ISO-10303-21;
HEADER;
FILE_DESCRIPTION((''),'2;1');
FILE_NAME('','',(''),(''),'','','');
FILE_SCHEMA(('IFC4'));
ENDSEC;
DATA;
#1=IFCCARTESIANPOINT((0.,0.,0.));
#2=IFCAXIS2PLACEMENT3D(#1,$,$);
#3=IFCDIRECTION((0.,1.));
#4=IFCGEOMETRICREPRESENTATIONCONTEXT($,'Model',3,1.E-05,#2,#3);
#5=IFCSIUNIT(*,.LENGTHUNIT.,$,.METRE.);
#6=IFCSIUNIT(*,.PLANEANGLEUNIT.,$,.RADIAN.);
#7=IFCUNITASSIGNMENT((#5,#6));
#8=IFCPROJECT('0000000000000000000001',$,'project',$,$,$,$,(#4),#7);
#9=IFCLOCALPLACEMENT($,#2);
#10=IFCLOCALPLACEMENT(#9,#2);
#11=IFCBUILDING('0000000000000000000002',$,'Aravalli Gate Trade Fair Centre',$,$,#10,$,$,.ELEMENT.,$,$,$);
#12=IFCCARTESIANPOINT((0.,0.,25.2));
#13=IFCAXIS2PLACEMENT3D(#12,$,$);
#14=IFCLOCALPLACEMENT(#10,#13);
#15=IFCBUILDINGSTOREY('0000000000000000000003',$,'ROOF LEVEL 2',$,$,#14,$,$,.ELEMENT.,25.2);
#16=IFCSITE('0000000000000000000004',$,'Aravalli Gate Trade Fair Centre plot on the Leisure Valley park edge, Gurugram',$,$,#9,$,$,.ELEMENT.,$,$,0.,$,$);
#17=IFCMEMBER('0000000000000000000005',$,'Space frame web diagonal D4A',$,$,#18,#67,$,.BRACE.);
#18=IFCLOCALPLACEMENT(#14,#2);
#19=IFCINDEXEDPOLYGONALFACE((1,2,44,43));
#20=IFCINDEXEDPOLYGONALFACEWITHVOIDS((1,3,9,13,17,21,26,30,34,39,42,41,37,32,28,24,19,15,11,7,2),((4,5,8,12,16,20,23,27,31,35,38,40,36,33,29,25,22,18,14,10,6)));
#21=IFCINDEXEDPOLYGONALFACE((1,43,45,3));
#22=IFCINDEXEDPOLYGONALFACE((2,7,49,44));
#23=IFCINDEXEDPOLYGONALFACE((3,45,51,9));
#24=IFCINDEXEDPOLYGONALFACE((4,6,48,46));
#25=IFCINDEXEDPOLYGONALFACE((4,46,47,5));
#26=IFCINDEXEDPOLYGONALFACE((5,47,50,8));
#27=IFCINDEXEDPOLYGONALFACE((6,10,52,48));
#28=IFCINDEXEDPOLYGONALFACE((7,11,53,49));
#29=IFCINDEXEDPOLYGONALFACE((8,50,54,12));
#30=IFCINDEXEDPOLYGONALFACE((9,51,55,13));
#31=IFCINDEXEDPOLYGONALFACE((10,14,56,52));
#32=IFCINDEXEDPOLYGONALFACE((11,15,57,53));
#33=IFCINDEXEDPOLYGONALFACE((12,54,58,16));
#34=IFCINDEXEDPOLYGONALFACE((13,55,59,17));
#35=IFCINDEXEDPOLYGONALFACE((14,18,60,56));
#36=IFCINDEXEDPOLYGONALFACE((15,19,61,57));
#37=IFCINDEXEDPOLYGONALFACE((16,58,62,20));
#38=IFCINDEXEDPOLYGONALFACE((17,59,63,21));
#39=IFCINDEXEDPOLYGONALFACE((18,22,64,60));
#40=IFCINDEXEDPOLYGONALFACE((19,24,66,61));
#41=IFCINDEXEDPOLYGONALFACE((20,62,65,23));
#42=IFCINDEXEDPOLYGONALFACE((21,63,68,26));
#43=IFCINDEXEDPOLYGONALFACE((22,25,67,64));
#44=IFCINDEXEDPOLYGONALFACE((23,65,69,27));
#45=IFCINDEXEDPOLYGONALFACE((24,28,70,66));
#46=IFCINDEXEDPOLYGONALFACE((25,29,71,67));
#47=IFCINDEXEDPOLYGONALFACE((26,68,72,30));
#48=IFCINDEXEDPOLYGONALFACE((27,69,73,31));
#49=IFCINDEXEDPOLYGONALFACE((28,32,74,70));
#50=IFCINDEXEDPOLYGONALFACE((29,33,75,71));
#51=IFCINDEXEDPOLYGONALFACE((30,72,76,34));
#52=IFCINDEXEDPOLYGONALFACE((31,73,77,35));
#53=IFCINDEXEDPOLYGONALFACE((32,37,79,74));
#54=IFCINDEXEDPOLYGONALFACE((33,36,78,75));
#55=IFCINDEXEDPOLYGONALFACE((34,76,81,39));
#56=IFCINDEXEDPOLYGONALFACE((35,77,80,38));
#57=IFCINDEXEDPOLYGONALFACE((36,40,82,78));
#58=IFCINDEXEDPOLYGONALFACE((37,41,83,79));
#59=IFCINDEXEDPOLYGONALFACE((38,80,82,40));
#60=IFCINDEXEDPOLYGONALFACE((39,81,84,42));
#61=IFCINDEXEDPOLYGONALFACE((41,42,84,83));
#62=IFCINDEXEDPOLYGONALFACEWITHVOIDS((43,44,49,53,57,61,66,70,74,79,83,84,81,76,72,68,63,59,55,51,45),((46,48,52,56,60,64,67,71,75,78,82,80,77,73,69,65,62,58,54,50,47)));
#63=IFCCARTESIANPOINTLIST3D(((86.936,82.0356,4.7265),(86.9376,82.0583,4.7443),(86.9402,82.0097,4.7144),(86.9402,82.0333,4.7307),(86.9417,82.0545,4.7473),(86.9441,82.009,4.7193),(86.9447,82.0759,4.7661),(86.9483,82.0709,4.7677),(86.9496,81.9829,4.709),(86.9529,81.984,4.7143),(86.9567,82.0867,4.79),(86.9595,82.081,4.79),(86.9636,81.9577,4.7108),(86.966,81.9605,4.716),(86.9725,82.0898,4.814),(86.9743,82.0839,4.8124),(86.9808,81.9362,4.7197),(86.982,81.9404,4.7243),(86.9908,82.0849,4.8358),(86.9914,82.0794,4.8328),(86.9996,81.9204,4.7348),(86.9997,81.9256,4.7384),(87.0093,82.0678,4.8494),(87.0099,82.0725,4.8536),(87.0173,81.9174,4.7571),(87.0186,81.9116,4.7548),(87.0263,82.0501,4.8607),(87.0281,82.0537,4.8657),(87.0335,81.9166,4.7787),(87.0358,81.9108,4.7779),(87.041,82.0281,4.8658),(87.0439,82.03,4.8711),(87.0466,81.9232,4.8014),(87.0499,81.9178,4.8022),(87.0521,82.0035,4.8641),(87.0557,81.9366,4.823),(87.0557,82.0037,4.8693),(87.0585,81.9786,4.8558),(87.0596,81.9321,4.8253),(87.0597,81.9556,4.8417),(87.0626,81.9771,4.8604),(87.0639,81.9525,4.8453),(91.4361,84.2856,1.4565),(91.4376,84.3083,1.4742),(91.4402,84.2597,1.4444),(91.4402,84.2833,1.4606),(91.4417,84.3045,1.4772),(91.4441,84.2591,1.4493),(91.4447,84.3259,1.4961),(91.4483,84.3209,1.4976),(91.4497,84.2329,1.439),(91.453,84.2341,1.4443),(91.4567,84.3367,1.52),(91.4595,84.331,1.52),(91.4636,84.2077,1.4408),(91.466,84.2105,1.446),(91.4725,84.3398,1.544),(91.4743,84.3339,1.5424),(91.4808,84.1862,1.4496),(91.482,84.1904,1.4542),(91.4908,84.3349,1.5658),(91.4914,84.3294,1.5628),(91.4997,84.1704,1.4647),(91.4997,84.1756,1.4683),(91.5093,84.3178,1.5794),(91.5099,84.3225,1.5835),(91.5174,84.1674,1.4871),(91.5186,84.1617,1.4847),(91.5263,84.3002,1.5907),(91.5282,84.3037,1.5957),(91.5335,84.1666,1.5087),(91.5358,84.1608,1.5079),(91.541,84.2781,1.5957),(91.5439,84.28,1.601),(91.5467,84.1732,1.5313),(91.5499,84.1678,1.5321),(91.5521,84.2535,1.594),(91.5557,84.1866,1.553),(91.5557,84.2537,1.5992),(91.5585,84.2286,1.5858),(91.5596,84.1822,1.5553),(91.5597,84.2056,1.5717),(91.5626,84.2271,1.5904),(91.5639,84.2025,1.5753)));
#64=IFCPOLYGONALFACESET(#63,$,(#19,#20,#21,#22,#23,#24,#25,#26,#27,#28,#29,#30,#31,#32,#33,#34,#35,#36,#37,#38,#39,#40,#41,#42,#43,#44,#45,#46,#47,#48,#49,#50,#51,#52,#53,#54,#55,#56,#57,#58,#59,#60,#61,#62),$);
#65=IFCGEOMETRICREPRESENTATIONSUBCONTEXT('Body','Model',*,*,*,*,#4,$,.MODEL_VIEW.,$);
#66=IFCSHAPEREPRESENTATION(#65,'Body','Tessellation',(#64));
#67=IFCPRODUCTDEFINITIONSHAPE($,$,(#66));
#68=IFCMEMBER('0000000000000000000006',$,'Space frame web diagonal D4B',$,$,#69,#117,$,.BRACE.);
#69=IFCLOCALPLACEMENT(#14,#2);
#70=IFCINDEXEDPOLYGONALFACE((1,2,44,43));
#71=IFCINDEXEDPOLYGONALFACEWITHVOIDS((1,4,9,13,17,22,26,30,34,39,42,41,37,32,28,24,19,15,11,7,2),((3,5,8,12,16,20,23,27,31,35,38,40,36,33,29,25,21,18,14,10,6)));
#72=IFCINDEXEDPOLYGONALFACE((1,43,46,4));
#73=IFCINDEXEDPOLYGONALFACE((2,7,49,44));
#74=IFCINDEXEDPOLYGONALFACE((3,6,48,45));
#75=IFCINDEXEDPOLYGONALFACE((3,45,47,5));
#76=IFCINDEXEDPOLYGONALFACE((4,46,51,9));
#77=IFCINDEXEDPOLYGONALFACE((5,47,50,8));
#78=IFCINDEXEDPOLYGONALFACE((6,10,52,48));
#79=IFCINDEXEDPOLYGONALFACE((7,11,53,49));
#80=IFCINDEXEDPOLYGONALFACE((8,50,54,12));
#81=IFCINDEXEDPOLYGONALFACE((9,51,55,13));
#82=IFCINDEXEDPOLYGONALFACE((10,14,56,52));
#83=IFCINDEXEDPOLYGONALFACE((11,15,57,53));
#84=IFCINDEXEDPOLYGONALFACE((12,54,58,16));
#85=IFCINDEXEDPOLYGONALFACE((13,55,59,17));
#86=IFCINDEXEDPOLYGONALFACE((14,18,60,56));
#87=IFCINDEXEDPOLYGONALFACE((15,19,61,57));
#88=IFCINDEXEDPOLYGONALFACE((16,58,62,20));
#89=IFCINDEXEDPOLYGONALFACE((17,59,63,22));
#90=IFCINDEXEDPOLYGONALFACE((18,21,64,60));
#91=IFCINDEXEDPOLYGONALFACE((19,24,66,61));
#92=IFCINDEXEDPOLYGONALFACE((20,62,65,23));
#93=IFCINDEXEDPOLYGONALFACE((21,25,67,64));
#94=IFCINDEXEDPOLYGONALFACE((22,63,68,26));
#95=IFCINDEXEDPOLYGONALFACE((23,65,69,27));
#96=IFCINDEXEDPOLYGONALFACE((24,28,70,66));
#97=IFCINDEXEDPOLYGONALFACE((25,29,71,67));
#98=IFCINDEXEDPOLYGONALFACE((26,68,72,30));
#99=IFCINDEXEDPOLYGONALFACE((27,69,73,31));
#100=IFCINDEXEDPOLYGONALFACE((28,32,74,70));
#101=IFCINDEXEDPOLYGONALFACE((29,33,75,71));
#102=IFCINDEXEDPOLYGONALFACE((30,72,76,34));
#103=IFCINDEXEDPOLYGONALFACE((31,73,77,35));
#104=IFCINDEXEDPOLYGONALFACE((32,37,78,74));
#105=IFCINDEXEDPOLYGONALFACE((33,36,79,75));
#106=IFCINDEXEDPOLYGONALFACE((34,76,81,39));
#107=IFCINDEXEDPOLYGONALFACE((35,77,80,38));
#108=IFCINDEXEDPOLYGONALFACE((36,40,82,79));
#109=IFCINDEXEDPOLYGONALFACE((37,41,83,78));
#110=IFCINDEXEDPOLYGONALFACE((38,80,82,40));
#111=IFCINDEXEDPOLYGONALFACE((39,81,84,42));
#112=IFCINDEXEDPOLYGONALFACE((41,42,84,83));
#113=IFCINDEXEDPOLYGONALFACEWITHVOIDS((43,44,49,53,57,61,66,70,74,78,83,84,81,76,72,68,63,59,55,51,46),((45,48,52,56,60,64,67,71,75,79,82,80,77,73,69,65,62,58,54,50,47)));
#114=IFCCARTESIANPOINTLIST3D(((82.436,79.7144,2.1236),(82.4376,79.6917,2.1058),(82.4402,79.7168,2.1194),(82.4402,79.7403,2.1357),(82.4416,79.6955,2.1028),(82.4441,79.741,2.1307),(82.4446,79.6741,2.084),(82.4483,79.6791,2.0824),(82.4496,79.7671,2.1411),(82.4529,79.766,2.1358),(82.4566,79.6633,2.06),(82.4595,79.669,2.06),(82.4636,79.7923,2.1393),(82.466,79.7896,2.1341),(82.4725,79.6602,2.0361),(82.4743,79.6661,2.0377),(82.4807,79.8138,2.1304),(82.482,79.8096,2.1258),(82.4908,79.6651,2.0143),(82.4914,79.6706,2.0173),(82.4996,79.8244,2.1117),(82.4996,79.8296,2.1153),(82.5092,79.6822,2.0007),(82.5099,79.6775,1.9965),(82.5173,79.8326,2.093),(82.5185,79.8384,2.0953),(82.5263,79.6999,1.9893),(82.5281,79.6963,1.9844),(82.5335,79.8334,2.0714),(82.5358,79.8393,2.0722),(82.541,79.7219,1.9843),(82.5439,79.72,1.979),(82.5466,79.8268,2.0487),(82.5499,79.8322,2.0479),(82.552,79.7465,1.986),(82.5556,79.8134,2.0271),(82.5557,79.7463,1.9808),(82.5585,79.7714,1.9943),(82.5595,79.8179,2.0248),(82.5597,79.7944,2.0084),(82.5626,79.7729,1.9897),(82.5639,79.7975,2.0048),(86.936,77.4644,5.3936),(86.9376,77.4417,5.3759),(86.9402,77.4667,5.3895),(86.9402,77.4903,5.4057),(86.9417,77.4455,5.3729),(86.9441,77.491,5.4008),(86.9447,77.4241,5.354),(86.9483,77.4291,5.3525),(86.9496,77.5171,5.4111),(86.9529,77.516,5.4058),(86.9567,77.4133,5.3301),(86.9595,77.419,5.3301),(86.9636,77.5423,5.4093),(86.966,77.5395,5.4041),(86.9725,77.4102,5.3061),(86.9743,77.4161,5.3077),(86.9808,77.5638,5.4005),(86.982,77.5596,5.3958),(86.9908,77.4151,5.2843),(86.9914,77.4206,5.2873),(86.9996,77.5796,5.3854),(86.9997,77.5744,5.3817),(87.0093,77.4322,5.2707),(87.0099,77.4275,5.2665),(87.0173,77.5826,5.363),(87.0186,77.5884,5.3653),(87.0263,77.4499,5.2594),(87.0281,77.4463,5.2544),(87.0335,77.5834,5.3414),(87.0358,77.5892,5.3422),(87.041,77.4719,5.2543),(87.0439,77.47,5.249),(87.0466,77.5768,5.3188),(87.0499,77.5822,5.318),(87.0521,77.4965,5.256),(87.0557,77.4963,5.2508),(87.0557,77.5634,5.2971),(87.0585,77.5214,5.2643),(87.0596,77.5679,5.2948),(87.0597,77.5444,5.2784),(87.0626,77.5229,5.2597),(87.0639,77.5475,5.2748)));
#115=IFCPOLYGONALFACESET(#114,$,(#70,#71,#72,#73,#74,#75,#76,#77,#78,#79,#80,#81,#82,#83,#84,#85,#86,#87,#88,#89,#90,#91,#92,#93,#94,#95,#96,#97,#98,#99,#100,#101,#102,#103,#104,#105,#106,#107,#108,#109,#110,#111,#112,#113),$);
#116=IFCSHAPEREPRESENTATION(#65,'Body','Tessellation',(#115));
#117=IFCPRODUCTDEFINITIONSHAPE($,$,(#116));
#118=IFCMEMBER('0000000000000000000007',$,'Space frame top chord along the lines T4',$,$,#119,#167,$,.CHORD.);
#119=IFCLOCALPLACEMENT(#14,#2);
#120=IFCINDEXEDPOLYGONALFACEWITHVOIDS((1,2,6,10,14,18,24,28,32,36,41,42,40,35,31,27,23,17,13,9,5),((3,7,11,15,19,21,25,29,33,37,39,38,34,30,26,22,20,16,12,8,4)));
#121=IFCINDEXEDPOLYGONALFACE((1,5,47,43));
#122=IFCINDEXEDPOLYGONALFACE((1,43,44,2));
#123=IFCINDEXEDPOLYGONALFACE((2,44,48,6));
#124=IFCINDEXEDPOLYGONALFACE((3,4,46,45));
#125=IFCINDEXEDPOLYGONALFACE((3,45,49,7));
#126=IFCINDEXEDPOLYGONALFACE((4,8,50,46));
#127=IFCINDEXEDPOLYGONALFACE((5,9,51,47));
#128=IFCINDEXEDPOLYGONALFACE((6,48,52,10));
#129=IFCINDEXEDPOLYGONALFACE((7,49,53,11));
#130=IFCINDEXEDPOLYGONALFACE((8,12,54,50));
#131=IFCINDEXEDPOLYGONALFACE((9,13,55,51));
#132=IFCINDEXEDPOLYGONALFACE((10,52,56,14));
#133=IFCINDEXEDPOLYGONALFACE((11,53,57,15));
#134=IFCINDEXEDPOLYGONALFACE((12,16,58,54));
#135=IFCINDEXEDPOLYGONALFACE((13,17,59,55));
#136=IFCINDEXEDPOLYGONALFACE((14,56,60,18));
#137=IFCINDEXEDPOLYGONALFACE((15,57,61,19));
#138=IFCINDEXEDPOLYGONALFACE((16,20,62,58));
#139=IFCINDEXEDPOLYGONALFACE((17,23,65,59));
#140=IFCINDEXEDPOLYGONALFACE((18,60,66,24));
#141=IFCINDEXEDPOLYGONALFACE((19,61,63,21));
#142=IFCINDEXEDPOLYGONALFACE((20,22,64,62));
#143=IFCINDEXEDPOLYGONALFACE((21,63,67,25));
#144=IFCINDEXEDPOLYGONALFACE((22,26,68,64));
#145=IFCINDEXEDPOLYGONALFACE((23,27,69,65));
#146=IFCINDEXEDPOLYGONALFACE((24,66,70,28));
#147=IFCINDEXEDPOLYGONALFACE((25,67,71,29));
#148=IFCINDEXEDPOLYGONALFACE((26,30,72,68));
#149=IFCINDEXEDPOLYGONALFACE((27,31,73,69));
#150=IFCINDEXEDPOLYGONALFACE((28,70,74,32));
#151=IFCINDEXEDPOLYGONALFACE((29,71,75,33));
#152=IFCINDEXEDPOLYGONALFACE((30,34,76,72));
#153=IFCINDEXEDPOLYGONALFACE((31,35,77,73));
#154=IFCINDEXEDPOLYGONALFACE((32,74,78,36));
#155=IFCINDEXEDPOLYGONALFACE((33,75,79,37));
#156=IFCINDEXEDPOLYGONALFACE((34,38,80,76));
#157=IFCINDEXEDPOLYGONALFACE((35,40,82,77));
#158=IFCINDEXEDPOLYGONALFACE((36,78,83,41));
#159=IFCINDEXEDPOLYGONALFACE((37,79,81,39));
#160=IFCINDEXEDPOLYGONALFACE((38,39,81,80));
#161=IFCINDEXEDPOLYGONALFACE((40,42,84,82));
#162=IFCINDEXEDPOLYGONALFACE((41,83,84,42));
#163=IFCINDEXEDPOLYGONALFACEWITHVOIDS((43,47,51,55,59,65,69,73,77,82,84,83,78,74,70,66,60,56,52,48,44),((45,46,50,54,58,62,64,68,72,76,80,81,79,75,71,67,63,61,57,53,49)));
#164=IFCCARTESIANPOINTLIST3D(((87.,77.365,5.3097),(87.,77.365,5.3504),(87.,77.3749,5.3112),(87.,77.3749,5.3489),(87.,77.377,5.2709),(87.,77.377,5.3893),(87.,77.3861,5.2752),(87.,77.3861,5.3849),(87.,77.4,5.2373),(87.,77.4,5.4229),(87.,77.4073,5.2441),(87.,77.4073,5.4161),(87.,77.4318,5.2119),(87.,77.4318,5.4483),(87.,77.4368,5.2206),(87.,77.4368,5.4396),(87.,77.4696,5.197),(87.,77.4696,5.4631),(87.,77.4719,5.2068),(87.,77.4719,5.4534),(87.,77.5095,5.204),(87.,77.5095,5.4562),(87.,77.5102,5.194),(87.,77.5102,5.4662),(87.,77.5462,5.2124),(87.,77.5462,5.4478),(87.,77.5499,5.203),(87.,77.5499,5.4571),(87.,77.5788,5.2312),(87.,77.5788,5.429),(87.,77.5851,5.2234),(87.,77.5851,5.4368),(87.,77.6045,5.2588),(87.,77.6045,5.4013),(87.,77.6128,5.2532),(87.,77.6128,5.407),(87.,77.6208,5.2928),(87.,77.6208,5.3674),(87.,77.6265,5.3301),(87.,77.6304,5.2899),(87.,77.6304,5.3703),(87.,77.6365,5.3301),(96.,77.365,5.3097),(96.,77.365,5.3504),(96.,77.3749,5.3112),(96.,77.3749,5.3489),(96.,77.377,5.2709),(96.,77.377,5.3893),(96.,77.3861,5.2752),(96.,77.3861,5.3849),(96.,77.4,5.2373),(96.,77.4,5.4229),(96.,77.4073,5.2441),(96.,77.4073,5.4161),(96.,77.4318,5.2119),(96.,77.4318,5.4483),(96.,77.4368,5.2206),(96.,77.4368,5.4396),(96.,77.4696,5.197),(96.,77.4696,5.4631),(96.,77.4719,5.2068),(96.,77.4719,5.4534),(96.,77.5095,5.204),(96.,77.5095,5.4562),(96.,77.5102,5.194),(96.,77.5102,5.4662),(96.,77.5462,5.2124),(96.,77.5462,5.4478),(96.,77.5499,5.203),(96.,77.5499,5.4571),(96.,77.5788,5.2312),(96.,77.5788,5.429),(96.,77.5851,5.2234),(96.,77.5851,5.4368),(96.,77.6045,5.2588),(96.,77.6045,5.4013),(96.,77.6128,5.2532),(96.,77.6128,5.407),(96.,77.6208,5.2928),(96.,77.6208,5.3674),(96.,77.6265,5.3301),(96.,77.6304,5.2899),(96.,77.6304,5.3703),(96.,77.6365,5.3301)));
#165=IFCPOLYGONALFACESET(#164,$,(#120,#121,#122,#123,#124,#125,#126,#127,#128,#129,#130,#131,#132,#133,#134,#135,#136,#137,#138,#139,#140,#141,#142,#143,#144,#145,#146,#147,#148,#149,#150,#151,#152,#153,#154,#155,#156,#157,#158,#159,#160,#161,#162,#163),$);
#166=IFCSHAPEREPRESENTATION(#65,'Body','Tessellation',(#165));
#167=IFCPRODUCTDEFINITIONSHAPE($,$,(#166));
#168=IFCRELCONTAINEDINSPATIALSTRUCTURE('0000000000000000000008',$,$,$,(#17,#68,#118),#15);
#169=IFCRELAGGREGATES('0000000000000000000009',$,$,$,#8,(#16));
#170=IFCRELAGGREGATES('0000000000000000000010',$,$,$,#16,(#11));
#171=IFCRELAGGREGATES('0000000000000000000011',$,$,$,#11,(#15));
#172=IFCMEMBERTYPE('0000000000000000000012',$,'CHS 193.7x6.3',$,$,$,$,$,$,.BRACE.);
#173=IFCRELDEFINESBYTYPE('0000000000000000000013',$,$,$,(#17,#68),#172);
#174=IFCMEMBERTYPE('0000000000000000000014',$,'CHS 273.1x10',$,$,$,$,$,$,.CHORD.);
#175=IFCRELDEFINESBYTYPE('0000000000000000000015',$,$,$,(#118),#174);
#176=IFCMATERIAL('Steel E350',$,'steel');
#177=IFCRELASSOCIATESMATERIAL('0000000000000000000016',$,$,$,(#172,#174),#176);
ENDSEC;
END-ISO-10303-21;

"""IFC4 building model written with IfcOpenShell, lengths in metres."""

from ifc_helpers import new_model, si_unit, direction, frame, origin, origin_2d, place, context, subcontext, project, spatial, hollow_circle, extrude, material, material_profile, profile_set, type_object, element, save


model = new_model("IFC4")

# Units and contexts
model_context = context("Model", 3, precision=1e-05, world=origin(), true_north=direction((0.0, 1.0)))
body_context = subcontext(model_context, "Body", "Model", "MODEL_VIEW")
ifc_project = project(units=[si_unit("LENGTHUNIT", "METRE"), si_unit("PLANEANGLEUNIT", "RADIAN")], contexts=[model_context])

# Site, building, storey
site_placement = place(None, origin())
site = spatial("IfcSite", under=ifc_project, at=site_placement, Name="Aravalli Gate Trade Fair Centre plot on the Leisure Valley park edge, Gurugram", CompositionType="ELEMENT", RefElevation=0.0)
building_placement = place(site_placement, origin())
building = spatial("IfcBuilding", under=site, at=building_placement, Name="Aravalli Gate Trade Fair Centre", CompositionType="ELEMENT")
storey_placement = place(building_placement, frame((0.0, 0.0, 25.2)))
storey = spatial("IfcBuildingStorey", under=building, at=storey_placement, Name="ROOF LEVEL 2", CompositionType="ELEMENT", Elevation=25.2)

# Members
ifc_material_1 = material(Name="Steel E350", Category="steel")
ifc_material_profile_1 = material_profile(ifc_material_1, hollow_circle(Radius=0.0969, WallThickness=0.0063, at=origin_2d()), Name="CHS 193.7x6.3")
ifc_profile_set_1 = profile_set([ifc_material_profile_1], Name="Steel E350")
member_type_1 = type_object("IfcMemberType", Name="CHS 193.7x6.3", PredefinedType="BRACE", material=ifc_profile_set_1)
for number, where, z_axis, x_axis, name in (
    (1, (87.0, 82.0, 4.79), (0.749942, 0.374971, -0.544961), (-0.447214, 0.894427, 0.0), "Space frame web diagonal D4A"),
    (2, (87.0, 77.5, 5.3301), (-0.749942, 0.374971, -0.544961), (-0.447214, -0.894427, 0.0), "Space frame web diagonal D4B"),
):
    element("IfcMember", number, at=place(storey_placement, frame(where, z_axis=z_axis, x_axis=x_axis)), inside=storey, type_object=member_type_1, Name=name, PredefinedType="BRACE", context=body_context, shape_type="SweptSolid", body=[
        extrude(hollow_circle(Radius=0.0969, WallThickness=0.0063, at=origin_2d()), origin(), (0.0, 0.0, 1.0), 6.0005),
    ])
ifc_material_profile_2 = material_profile(ifc_material_1, hollow_circle(Radius=0.1365, WallThickness=0.01, at=origin_2d()), Name="CHS 273.1x10")
ifc_profile_set_2 = profile_set([ifc_material_profile_2], Name="Steel E350")
member_type_2 = type_object("IfcMemberType", Name="CHS 273.1x10", PredefinedType="CHORD", material=ifc_profile_set_2)
for number, where, z_axis, x_axis, name in (
    (3, (87.0, 77.5, 5.3301), (1.0, 0.0, 0.0), (0.0, 1.0, 0.0), "Space frame top chord along the lines T4"),
):
    element("IfcMember", number, at=place(storey_placement, frame(where, z_axis=z_axis, x_axis=x_axis)), inside=storey, type_object=member_type_2, Name=name, PredefinedType="CHORD", context=body_context, shape_type="SweptSolid", body=[
        extrude(hollow_circle(Radius=0.1365, WallThickness=0.01, at=origin_2d()), origin(), (0.0, 0.0, 1.0), 9.0),
    ])

save(model, "model.ifc")
